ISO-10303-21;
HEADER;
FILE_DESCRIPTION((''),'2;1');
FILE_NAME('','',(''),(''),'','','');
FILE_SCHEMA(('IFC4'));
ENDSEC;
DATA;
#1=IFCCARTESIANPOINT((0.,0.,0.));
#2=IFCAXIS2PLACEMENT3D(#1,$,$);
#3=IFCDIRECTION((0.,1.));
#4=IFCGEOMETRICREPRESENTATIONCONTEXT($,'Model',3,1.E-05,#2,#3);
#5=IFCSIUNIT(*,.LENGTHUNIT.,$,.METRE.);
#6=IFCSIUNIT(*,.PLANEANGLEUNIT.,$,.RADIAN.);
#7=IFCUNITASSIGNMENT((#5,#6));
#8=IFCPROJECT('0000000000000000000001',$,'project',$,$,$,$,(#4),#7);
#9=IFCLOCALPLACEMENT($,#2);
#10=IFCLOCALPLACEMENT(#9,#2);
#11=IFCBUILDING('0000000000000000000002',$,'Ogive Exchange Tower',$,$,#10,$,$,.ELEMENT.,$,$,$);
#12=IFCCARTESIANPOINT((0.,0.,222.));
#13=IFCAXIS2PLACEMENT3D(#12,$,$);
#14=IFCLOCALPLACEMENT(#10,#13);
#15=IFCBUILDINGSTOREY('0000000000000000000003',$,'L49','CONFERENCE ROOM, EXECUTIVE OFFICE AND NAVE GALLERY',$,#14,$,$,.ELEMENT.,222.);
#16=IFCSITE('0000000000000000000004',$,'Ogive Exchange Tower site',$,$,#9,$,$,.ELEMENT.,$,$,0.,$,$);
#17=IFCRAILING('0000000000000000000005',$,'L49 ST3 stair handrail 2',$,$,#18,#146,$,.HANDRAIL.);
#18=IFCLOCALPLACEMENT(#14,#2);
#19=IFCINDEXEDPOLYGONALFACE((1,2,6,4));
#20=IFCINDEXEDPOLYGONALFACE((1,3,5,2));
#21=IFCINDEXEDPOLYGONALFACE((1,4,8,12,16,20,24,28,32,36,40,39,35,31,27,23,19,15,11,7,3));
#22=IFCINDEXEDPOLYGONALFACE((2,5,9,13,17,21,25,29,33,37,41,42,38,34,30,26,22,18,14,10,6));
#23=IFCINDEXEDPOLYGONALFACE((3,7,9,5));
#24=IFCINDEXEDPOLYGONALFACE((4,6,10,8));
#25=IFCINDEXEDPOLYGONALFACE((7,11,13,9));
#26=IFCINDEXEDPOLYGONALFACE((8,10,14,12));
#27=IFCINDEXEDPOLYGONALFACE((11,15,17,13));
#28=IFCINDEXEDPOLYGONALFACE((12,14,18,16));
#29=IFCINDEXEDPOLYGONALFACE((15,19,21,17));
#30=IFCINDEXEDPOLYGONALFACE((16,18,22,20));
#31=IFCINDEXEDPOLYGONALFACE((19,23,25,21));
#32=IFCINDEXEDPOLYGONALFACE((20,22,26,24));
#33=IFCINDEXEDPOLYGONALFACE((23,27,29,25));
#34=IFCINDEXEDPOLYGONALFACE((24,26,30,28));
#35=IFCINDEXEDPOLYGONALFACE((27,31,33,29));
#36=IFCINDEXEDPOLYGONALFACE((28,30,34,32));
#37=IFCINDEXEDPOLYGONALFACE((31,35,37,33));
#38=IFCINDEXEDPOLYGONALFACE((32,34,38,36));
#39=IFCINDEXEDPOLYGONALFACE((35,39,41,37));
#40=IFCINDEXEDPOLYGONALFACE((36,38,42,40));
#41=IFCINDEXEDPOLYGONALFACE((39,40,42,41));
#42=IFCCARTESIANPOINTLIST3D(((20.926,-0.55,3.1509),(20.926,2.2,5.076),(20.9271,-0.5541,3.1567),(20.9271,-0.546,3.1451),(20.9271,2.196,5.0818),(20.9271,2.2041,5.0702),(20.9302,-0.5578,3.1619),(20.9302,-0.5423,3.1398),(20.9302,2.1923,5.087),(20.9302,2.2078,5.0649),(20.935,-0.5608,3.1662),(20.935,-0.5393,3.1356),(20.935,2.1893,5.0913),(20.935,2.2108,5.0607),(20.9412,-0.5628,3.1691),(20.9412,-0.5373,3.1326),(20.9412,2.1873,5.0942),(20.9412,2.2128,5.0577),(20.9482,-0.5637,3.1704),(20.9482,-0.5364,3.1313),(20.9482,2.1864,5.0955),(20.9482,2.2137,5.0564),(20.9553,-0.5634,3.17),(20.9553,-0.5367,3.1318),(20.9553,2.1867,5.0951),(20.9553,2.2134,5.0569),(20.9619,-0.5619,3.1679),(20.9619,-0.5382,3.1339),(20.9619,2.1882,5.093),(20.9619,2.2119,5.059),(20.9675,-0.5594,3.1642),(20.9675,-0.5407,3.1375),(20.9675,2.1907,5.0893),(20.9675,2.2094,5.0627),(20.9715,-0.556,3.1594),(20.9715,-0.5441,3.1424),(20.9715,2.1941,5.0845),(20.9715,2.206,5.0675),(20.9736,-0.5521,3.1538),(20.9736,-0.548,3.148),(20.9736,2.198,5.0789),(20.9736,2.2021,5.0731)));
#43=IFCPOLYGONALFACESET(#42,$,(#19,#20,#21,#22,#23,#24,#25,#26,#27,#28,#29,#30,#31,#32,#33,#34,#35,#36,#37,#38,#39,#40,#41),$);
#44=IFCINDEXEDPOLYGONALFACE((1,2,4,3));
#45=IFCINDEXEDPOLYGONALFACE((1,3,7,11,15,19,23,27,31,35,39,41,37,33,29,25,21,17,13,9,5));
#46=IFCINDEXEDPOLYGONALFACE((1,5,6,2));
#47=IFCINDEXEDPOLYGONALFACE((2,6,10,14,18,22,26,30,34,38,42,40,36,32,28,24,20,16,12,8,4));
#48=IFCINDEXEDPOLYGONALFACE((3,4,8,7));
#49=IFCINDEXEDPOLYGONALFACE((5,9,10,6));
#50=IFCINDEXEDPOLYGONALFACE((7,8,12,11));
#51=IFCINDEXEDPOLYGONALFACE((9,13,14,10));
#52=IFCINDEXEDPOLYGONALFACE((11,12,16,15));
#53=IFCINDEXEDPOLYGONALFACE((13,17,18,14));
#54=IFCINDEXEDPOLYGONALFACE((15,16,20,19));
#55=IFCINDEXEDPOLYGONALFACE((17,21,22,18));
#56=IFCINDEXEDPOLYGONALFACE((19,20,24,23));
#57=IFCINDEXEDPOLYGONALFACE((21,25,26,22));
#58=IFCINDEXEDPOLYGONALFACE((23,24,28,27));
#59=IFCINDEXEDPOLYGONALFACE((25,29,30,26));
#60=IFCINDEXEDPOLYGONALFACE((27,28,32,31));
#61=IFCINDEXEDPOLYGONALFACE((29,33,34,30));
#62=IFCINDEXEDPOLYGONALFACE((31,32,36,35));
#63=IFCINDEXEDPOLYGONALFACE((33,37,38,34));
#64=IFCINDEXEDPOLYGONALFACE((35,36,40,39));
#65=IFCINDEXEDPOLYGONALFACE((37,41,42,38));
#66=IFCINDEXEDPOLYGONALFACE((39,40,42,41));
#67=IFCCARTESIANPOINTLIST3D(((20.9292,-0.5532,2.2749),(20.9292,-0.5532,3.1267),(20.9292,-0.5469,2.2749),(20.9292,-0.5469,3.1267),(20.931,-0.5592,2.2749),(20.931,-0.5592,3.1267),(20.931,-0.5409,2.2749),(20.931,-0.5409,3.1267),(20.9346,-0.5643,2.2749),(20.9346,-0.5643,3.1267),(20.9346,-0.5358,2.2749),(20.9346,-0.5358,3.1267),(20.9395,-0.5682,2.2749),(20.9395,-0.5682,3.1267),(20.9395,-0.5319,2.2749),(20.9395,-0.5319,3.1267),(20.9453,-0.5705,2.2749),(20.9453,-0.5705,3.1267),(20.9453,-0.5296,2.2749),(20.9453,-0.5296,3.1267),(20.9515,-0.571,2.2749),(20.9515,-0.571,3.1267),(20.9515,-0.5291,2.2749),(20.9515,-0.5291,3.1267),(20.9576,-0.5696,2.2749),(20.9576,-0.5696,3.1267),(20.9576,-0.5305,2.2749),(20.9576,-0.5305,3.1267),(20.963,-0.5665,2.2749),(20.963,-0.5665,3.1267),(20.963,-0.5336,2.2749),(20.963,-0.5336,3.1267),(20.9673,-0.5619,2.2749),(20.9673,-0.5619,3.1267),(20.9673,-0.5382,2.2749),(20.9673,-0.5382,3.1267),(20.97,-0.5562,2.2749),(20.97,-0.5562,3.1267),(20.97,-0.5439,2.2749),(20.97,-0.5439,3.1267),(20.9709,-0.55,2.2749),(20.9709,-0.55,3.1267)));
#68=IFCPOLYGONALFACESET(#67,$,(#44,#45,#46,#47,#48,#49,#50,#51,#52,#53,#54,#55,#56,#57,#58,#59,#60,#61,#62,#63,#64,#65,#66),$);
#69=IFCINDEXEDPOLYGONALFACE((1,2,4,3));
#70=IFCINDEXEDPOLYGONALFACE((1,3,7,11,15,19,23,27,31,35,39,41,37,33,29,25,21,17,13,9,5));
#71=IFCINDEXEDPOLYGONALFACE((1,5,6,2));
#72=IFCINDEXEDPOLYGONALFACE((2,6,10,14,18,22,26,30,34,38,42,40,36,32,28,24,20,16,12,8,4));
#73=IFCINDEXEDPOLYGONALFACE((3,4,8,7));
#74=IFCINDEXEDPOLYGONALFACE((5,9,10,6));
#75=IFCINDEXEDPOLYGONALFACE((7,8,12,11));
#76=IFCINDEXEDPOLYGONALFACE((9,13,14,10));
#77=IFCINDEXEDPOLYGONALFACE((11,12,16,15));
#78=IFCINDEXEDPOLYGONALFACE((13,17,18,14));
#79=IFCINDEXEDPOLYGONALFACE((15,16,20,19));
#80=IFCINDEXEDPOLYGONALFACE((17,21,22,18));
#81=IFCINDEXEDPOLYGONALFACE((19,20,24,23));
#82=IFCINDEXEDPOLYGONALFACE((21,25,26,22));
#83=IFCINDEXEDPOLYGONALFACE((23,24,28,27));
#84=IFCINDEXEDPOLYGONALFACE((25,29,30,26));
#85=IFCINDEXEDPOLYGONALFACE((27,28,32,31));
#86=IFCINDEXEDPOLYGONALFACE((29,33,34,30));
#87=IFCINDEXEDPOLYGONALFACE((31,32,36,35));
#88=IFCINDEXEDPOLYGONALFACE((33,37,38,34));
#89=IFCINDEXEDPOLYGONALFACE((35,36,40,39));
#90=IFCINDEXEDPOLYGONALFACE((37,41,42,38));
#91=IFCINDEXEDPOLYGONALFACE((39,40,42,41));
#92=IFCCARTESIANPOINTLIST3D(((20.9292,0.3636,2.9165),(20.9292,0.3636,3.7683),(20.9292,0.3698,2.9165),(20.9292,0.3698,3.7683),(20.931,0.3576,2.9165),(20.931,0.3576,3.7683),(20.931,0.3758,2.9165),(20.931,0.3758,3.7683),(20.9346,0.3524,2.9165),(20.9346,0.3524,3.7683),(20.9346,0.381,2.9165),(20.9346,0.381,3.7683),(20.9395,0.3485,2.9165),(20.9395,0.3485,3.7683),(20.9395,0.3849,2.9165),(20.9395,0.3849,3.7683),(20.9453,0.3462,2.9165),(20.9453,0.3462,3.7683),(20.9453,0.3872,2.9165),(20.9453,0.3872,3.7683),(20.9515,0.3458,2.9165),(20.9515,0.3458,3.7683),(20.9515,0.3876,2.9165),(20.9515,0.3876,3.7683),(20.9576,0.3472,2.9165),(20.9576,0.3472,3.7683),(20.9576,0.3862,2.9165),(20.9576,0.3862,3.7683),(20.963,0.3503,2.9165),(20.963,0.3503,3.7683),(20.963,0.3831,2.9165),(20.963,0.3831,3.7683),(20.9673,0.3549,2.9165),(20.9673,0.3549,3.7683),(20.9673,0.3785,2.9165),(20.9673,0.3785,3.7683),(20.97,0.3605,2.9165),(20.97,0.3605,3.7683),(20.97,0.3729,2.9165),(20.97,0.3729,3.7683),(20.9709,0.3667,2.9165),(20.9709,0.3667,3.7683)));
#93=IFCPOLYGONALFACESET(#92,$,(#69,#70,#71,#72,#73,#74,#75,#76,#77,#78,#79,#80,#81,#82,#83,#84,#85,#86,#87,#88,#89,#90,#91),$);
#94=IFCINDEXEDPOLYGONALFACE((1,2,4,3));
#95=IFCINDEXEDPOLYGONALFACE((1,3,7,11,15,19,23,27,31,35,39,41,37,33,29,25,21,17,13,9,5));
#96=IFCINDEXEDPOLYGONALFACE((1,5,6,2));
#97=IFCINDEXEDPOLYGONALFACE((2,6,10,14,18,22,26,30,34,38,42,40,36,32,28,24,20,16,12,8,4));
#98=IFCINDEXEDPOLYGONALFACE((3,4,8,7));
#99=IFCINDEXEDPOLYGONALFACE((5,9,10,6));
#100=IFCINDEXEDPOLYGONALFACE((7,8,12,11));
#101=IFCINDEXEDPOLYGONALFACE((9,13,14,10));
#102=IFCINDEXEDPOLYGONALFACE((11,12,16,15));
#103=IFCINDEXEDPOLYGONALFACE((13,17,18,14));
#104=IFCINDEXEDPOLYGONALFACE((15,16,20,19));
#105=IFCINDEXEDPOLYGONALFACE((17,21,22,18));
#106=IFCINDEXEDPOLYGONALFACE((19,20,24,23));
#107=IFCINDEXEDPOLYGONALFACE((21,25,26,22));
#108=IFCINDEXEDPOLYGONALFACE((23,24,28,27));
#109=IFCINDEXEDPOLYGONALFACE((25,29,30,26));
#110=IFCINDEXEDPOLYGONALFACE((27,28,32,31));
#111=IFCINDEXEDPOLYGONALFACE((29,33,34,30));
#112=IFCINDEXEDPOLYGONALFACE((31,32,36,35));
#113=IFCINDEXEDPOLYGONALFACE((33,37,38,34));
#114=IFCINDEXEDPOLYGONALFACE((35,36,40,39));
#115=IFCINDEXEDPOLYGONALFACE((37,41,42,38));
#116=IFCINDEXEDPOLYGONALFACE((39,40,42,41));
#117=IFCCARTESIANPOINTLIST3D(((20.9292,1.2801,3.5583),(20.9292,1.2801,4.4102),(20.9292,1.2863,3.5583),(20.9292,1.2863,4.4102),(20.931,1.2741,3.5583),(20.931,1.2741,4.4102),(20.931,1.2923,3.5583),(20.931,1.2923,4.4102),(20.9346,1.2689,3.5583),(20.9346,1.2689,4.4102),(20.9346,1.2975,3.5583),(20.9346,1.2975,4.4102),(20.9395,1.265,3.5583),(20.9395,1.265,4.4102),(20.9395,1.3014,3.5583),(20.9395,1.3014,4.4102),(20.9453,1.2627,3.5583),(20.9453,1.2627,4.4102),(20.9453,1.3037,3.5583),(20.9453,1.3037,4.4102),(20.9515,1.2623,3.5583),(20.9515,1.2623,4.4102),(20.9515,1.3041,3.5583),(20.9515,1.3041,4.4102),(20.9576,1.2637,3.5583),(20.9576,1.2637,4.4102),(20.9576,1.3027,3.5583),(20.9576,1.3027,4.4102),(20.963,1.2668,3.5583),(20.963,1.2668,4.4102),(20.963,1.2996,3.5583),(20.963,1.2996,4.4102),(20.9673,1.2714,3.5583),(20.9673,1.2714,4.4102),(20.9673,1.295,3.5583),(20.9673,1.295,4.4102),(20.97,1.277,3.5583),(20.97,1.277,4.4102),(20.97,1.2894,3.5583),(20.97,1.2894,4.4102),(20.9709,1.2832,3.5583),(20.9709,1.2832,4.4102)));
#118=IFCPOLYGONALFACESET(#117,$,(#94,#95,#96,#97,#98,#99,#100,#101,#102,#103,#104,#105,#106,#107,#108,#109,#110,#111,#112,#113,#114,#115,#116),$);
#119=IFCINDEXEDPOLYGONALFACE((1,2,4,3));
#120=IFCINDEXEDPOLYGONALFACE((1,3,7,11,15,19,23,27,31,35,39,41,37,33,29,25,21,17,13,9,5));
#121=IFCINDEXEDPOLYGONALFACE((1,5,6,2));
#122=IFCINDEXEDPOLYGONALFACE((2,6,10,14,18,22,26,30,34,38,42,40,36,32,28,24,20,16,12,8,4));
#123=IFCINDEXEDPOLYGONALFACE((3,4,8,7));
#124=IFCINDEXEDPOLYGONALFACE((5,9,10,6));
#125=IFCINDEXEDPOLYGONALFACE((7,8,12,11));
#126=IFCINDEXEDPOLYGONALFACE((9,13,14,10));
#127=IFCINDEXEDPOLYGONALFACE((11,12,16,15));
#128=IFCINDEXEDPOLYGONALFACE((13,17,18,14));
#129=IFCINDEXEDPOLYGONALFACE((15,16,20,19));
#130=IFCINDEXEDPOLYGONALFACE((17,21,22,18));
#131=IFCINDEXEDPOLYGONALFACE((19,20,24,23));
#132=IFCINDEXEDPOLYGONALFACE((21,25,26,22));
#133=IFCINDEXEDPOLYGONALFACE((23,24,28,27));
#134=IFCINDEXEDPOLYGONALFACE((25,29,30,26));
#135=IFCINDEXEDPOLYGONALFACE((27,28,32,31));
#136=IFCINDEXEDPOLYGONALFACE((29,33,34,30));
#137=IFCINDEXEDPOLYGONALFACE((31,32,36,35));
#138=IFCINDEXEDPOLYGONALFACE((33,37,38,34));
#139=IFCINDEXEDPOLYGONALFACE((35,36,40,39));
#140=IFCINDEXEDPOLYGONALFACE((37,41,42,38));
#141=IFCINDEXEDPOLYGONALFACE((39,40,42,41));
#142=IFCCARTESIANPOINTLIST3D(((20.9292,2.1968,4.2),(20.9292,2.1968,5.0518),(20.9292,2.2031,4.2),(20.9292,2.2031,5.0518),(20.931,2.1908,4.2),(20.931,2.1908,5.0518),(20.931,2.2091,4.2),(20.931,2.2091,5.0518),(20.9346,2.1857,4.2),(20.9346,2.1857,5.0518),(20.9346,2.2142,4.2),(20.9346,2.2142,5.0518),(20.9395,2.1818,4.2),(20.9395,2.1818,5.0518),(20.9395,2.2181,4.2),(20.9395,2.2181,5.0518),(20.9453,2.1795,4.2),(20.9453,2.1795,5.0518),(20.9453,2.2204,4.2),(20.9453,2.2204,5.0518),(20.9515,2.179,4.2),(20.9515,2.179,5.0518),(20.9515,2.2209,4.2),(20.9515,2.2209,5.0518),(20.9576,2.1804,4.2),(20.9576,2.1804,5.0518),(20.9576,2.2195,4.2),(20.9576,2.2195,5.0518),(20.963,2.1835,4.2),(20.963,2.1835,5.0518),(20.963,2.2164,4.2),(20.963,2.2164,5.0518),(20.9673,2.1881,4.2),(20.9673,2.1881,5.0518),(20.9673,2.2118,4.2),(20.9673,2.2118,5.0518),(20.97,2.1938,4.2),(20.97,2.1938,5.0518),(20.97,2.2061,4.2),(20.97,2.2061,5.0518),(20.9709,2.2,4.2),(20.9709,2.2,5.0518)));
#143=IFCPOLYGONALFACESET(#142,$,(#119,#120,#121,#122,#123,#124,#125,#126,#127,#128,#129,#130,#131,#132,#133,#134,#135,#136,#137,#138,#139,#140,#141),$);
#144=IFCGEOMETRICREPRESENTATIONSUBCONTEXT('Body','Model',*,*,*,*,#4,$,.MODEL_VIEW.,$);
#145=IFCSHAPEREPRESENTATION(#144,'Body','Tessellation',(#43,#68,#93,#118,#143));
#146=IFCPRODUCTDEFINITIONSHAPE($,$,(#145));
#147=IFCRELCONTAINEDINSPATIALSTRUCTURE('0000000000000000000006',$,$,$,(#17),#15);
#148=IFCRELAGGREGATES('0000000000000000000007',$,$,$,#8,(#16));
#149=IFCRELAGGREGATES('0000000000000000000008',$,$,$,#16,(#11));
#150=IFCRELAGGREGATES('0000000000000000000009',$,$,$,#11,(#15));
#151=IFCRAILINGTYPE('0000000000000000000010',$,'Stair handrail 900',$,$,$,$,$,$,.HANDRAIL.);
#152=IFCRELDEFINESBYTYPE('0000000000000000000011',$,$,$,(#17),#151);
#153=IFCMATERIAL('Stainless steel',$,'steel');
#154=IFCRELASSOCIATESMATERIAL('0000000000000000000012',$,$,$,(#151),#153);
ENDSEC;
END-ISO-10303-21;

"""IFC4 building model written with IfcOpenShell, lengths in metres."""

from ifc_helpers import new_model, si_unit, direction, frame, origin, origin_2d, place, context, subcontext, project, spatial, circle, extrude, material, type_object, element, save


model = new_model("IFC4")

# Units and contexts
model_context = context("Model", 3, precision=1e-05, world=origin(), true_north=direction((0.0, 1.0)))
body_context = subcontext(model_context, "Body", "Model", "MODEL_VIEW")
ifc_project = project(units=[si_unit("LENGTHUNIT", "METRE"), si_unit("PLANEANGLEUNIT", "RADIAN")], contexts=[model_context])

# Site, building, storey
site_placement = place(None, origin())
site = spatial("IfcSite", under=ifc_project, at=site_placement, Name="Ogive Exchange Tower site", CompositionType="ELEMENT", RefElevation=0.0)
building_placement = place(site_placement, origin())
building = spatial("IfcBuilding", under=site, at=building_placement, Name="Ogive Exchange Tower", CompositionType="ELEMENT")
storey_placement = place(building_placement, frame((0.0, 0.0, 222.0)))
storey = spatial("IfcBuildingStorey", under=building, at=storey_placement, Name="L49", Description="CONFERENCE ROOM, EXECUTIVE OFFICE AND NAVE GALLERY", CompositionType="ELEMENT", Elevation=222.0)

# Railing
ifc_material_1 = material(Name="Stainless steel", Category="steel")
railing_type = type_object("IfcRailingType", Name="Stair handrail 900", PredefinedType="HANDRAIL", material=ifc_material_1)
railing_1_placement = place(storey_placement, frame((20.95, -0.55, 2.2749)))
element("IfcRailing", 1, at=railing_1_placement, inside=storey, type_object=railing_type, Name="L49 ST3 stair handrail 2", PredefinedType="HANDRAIL", context=body_context, shape_type="SweptSolid", body=[
    extrude(circle(Radius=0.0239, at=origin_2d()), frame((0.0, 0.0, 0.876), z_axis=(0.0, 0.819225, 0.573472), x_axis=(-1.0, 0.0, 0.0)), (0.0, 0.0, 1.0), 3.3569),
    extrude(circle(Radius=0.021, at=origin_2d()), origin(), (0.0, 0.0, 1.0), 0.8518),
    extrude(circle(Radius=0.021, at=origin_2d()), frame((0.0, 0.9167, 0.6416)), (0.0, 0.0, 1.0), 0.8518),
    extrude(circle(Radius=0.021, at=origin_2d()), frame((0.0, 1.8333, 1.2834)), (0.0, 0.0, 1.0), 0.8518),
    extrude(circle(Radius=0.021, at=origin_2d()), frame((0.0, 2.75, 1.925)), (0.0, 0.0, 1.0), 0.8518),
])

save(model, "model.ifc")
